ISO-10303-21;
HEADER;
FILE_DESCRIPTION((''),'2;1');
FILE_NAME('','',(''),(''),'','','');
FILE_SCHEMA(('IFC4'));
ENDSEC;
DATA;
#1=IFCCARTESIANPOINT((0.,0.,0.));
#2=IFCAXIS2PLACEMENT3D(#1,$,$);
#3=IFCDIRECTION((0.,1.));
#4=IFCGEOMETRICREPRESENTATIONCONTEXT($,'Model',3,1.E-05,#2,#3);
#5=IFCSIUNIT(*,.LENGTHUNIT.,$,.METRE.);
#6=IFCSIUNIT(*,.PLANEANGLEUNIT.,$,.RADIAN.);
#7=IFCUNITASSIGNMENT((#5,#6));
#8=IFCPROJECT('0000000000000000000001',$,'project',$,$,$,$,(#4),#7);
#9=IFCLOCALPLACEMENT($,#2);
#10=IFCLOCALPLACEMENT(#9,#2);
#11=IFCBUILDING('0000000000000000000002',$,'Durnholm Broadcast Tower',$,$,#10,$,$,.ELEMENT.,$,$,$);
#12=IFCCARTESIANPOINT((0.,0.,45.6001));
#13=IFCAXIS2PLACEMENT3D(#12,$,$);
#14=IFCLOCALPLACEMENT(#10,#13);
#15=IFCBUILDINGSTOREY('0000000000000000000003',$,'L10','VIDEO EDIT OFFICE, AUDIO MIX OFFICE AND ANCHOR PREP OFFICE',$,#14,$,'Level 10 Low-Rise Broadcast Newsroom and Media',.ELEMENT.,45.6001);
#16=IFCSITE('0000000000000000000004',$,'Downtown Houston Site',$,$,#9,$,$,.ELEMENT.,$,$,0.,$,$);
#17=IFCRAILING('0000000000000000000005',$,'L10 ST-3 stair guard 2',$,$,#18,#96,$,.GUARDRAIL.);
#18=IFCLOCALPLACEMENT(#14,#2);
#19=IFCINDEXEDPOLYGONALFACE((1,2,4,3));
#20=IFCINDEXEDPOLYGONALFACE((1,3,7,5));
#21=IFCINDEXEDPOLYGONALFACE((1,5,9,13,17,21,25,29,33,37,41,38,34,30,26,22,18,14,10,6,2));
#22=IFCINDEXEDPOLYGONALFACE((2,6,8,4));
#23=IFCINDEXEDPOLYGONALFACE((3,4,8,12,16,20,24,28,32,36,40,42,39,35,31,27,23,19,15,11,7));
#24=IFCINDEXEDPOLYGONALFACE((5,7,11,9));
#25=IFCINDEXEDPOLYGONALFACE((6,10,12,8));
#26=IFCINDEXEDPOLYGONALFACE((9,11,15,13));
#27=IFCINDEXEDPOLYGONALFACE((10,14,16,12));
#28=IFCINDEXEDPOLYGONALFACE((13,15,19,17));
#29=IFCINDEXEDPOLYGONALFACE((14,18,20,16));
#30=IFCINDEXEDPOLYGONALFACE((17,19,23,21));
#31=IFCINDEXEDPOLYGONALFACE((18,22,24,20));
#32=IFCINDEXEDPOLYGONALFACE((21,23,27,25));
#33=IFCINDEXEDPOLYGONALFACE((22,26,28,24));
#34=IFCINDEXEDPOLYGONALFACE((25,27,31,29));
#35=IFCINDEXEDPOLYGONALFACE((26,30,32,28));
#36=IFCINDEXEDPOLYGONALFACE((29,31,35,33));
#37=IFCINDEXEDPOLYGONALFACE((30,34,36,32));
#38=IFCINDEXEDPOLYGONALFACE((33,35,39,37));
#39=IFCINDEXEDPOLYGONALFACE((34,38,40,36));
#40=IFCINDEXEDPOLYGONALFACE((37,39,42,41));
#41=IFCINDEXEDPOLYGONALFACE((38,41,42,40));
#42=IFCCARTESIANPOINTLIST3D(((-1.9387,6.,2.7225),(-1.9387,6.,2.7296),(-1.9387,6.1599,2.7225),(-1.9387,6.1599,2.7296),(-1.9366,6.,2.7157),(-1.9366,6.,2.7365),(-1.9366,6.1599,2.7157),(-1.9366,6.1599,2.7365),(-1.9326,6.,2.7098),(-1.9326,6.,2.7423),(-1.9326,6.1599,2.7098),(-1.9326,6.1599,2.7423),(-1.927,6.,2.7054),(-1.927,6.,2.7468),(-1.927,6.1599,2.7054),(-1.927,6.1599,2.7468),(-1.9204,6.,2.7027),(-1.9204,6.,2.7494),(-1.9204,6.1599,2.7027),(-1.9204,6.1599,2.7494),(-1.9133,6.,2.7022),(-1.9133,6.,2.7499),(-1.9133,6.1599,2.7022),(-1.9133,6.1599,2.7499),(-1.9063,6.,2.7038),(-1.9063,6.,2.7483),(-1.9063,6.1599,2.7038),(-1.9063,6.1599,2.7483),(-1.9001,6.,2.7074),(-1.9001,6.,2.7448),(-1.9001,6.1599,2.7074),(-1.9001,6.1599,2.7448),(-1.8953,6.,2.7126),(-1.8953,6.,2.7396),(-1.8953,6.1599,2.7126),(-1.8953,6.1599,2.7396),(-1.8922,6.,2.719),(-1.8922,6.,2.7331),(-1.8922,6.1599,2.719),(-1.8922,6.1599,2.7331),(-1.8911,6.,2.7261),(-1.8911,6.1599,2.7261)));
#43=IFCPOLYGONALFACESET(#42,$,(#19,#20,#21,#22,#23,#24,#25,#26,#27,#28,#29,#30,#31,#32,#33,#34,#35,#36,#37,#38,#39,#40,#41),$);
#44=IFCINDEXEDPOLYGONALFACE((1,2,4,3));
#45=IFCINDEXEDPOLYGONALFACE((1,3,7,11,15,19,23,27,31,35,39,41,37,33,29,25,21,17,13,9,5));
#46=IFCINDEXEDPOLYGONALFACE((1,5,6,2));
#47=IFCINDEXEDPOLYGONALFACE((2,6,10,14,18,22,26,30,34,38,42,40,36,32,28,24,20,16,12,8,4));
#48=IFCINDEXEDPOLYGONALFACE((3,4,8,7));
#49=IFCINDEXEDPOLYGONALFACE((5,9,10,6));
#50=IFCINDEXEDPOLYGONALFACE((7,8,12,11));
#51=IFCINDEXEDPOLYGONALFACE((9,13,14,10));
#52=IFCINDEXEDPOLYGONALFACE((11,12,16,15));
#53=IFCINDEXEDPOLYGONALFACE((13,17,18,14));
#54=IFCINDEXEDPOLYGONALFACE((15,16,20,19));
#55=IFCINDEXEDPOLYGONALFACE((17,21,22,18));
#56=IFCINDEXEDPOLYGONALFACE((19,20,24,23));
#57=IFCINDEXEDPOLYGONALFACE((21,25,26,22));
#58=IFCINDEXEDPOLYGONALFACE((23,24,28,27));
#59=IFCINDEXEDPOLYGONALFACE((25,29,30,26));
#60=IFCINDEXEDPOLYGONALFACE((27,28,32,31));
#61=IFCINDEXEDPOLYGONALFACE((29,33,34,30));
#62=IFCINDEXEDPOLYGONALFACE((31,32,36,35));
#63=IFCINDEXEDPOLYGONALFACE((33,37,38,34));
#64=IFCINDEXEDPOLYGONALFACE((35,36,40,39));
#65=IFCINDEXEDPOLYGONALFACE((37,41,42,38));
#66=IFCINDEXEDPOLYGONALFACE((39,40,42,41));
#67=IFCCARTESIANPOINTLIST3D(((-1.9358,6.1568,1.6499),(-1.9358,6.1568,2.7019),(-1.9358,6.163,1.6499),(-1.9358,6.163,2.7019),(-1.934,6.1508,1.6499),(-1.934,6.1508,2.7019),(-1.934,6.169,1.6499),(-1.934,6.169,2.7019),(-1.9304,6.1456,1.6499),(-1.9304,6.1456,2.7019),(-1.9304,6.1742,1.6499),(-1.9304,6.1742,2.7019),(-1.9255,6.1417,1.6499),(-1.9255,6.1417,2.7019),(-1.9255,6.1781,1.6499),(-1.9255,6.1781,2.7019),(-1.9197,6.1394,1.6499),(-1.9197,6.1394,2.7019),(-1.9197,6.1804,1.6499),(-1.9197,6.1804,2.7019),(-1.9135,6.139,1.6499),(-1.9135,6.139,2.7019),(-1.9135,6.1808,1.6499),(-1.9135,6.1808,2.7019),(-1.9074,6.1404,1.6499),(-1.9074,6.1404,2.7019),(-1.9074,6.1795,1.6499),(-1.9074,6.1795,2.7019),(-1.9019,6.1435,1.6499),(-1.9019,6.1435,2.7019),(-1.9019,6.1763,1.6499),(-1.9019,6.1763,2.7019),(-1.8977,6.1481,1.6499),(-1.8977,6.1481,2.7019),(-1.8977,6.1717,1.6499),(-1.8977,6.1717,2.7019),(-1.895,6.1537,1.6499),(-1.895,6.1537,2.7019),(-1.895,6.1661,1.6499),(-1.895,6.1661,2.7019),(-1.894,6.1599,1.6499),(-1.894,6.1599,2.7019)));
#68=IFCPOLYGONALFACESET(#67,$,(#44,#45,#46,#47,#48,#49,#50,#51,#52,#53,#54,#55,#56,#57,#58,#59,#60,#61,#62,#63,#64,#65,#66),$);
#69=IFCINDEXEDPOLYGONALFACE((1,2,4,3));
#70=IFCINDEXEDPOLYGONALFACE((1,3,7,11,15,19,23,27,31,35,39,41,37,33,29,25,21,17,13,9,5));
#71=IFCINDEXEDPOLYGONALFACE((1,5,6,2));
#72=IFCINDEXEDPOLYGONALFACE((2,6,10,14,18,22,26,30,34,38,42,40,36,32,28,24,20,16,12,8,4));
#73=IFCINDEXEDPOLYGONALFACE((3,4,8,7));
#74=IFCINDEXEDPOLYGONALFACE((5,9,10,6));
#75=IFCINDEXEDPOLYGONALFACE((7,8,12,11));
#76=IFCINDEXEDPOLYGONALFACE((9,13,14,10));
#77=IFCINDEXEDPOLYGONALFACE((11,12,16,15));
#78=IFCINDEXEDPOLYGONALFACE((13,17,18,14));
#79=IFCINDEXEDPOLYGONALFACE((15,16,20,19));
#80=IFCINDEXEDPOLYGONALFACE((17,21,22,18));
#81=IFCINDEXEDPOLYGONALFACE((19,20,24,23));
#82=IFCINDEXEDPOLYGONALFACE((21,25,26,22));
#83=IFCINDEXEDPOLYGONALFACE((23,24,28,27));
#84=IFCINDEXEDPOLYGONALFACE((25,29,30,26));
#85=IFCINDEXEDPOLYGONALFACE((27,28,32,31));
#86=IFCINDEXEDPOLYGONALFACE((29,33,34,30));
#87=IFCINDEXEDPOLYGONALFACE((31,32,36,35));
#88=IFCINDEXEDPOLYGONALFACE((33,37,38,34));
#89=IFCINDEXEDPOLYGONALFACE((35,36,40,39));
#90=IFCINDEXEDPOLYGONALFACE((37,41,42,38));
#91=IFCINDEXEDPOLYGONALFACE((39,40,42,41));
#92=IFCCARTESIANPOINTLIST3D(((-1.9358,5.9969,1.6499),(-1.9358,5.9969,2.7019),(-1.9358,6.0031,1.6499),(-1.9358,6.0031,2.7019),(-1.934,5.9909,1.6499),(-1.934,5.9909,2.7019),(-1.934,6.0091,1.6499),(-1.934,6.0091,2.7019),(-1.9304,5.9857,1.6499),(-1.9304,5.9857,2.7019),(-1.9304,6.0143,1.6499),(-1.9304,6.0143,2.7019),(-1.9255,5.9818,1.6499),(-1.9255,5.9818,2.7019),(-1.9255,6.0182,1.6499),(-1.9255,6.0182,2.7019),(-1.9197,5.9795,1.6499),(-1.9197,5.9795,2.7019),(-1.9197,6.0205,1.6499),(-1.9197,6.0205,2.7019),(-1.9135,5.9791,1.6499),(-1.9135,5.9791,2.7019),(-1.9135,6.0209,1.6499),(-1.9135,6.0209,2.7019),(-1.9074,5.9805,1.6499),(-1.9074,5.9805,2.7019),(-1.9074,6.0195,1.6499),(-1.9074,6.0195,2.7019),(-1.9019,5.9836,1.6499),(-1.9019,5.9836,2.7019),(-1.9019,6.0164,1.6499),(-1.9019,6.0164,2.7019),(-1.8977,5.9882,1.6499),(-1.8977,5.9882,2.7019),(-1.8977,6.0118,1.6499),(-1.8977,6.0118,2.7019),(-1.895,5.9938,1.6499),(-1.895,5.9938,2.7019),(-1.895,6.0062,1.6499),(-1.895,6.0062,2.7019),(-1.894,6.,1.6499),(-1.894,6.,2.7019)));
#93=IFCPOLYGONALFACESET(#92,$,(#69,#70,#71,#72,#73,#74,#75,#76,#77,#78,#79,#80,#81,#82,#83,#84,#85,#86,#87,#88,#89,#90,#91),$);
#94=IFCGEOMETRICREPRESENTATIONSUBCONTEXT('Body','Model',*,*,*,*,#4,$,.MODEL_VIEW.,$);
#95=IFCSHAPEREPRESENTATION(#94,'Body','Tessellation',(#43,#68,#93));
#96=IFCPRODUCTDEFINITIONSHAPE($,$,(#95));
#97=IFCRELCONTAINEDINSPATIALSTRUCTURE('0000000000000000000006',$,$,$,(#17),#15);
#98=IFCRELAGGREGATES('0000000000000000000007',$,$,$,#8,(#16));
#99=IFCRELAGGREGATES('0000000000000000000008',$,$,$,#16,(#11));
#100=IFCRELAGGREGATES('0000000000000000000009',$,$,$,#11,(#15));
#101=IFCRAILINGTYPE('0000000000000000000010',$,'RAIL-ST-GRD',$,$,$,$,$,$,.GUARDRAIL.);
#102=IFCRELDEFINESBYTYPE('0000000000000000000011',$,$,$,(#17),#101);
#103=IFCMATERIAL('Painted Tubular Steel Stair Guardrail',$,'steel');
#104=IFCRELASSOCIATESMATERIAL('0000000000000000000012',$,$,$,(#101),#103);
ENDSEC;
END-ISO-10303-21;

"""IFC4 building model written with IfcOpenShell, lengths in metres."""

from ifc_helpers import new_model, si_unit, direction, frame, origin, origin_2d, place, context, subcontext, project, spatial, circle, extrude, material, type_object, element, save


model = new_model("IFC4")

# Units and contexts
model_context = context("Model", 3, precision=1e-05, world=origin(), true_north=direction((0.0, 1.0)))
body_context = subcontext(model_context, "Body", "Model", "MODEL_VIEW")
ifc_project = project(units=[si_unit("LENGTHUNIT", "METRE"), si_unit("PLANEANGLEUNIT", "RADIAN")], contexts=[model_context])

# Site, building, storey
site_placement = place(None, origin())
site = spatial("IfcSite", under=ifc_project, at=site_placement, Name="Downtown Houston Site", CompositionType="ELEMENT", RefElevation=0.0)
building_placement = place(site_placement, origin())
building = spatial("IfcBuilding", under=site, at=building_placement, Name="Durnholm Broadcast Tower", CompositionType="ELEMENT")
storey_placement = place(building_placement, frame((0.0, 0.0, 45.6001)))
storey = spatial("IfcBuildingStorey", under=building, at=storey_placement, Name="L10", Description="VIDEO EDIT OFFICE, AUDIO MIX OFFICE AND ANCHOR PREP OFFICE", LongName="Level 10 Low-Rise Broadcast Newsroom and Media", CompositionType="ELEMENT", Elevation=45.6001)

# Railing
ifc_material_1 = material(Name="Painted Tubular Steel Stair Guardrail", Category="steel")
railing_type_1 = type_object("IfcRailingType", Name="RAIL-ST-GRD", PredefinedType="GUARDRAIL", material=ifc_material_1)
railing_1_placement = place(storey_placement, frame((-1.915, 6.1599, 1.6499)))
element("IfcRailing", 1, at=railing_1_placement, inside=storey, type_object=railing_type_1, Name="L10 ST-3 stair guard 2", PredefinedType="GUARDRAIL", context=body_context, shape_type="SweptSolid", body=[
    extrude(circle(Radius=0.0239, at=origin_2d()), frame((0.0, 0.0, 1.0762), z_axis=(0.0, -1.0, 0.0), x_axis=(1.0, 0.0, 0.0)), (0.0, 0.0, 1.0), 0.1599),
    extrude(circle(Radius=0.021, at=origin_2d()), origin(), (0.0, 0.0, 1.0), 1.052),
    extrude(circle(Radius=0.021, at=origin_2d()), frame((0.0, -0.1599, 0.0)), (0.0, 0.0, 1.0), 1.052),
])

save(model, "model.ifc")
